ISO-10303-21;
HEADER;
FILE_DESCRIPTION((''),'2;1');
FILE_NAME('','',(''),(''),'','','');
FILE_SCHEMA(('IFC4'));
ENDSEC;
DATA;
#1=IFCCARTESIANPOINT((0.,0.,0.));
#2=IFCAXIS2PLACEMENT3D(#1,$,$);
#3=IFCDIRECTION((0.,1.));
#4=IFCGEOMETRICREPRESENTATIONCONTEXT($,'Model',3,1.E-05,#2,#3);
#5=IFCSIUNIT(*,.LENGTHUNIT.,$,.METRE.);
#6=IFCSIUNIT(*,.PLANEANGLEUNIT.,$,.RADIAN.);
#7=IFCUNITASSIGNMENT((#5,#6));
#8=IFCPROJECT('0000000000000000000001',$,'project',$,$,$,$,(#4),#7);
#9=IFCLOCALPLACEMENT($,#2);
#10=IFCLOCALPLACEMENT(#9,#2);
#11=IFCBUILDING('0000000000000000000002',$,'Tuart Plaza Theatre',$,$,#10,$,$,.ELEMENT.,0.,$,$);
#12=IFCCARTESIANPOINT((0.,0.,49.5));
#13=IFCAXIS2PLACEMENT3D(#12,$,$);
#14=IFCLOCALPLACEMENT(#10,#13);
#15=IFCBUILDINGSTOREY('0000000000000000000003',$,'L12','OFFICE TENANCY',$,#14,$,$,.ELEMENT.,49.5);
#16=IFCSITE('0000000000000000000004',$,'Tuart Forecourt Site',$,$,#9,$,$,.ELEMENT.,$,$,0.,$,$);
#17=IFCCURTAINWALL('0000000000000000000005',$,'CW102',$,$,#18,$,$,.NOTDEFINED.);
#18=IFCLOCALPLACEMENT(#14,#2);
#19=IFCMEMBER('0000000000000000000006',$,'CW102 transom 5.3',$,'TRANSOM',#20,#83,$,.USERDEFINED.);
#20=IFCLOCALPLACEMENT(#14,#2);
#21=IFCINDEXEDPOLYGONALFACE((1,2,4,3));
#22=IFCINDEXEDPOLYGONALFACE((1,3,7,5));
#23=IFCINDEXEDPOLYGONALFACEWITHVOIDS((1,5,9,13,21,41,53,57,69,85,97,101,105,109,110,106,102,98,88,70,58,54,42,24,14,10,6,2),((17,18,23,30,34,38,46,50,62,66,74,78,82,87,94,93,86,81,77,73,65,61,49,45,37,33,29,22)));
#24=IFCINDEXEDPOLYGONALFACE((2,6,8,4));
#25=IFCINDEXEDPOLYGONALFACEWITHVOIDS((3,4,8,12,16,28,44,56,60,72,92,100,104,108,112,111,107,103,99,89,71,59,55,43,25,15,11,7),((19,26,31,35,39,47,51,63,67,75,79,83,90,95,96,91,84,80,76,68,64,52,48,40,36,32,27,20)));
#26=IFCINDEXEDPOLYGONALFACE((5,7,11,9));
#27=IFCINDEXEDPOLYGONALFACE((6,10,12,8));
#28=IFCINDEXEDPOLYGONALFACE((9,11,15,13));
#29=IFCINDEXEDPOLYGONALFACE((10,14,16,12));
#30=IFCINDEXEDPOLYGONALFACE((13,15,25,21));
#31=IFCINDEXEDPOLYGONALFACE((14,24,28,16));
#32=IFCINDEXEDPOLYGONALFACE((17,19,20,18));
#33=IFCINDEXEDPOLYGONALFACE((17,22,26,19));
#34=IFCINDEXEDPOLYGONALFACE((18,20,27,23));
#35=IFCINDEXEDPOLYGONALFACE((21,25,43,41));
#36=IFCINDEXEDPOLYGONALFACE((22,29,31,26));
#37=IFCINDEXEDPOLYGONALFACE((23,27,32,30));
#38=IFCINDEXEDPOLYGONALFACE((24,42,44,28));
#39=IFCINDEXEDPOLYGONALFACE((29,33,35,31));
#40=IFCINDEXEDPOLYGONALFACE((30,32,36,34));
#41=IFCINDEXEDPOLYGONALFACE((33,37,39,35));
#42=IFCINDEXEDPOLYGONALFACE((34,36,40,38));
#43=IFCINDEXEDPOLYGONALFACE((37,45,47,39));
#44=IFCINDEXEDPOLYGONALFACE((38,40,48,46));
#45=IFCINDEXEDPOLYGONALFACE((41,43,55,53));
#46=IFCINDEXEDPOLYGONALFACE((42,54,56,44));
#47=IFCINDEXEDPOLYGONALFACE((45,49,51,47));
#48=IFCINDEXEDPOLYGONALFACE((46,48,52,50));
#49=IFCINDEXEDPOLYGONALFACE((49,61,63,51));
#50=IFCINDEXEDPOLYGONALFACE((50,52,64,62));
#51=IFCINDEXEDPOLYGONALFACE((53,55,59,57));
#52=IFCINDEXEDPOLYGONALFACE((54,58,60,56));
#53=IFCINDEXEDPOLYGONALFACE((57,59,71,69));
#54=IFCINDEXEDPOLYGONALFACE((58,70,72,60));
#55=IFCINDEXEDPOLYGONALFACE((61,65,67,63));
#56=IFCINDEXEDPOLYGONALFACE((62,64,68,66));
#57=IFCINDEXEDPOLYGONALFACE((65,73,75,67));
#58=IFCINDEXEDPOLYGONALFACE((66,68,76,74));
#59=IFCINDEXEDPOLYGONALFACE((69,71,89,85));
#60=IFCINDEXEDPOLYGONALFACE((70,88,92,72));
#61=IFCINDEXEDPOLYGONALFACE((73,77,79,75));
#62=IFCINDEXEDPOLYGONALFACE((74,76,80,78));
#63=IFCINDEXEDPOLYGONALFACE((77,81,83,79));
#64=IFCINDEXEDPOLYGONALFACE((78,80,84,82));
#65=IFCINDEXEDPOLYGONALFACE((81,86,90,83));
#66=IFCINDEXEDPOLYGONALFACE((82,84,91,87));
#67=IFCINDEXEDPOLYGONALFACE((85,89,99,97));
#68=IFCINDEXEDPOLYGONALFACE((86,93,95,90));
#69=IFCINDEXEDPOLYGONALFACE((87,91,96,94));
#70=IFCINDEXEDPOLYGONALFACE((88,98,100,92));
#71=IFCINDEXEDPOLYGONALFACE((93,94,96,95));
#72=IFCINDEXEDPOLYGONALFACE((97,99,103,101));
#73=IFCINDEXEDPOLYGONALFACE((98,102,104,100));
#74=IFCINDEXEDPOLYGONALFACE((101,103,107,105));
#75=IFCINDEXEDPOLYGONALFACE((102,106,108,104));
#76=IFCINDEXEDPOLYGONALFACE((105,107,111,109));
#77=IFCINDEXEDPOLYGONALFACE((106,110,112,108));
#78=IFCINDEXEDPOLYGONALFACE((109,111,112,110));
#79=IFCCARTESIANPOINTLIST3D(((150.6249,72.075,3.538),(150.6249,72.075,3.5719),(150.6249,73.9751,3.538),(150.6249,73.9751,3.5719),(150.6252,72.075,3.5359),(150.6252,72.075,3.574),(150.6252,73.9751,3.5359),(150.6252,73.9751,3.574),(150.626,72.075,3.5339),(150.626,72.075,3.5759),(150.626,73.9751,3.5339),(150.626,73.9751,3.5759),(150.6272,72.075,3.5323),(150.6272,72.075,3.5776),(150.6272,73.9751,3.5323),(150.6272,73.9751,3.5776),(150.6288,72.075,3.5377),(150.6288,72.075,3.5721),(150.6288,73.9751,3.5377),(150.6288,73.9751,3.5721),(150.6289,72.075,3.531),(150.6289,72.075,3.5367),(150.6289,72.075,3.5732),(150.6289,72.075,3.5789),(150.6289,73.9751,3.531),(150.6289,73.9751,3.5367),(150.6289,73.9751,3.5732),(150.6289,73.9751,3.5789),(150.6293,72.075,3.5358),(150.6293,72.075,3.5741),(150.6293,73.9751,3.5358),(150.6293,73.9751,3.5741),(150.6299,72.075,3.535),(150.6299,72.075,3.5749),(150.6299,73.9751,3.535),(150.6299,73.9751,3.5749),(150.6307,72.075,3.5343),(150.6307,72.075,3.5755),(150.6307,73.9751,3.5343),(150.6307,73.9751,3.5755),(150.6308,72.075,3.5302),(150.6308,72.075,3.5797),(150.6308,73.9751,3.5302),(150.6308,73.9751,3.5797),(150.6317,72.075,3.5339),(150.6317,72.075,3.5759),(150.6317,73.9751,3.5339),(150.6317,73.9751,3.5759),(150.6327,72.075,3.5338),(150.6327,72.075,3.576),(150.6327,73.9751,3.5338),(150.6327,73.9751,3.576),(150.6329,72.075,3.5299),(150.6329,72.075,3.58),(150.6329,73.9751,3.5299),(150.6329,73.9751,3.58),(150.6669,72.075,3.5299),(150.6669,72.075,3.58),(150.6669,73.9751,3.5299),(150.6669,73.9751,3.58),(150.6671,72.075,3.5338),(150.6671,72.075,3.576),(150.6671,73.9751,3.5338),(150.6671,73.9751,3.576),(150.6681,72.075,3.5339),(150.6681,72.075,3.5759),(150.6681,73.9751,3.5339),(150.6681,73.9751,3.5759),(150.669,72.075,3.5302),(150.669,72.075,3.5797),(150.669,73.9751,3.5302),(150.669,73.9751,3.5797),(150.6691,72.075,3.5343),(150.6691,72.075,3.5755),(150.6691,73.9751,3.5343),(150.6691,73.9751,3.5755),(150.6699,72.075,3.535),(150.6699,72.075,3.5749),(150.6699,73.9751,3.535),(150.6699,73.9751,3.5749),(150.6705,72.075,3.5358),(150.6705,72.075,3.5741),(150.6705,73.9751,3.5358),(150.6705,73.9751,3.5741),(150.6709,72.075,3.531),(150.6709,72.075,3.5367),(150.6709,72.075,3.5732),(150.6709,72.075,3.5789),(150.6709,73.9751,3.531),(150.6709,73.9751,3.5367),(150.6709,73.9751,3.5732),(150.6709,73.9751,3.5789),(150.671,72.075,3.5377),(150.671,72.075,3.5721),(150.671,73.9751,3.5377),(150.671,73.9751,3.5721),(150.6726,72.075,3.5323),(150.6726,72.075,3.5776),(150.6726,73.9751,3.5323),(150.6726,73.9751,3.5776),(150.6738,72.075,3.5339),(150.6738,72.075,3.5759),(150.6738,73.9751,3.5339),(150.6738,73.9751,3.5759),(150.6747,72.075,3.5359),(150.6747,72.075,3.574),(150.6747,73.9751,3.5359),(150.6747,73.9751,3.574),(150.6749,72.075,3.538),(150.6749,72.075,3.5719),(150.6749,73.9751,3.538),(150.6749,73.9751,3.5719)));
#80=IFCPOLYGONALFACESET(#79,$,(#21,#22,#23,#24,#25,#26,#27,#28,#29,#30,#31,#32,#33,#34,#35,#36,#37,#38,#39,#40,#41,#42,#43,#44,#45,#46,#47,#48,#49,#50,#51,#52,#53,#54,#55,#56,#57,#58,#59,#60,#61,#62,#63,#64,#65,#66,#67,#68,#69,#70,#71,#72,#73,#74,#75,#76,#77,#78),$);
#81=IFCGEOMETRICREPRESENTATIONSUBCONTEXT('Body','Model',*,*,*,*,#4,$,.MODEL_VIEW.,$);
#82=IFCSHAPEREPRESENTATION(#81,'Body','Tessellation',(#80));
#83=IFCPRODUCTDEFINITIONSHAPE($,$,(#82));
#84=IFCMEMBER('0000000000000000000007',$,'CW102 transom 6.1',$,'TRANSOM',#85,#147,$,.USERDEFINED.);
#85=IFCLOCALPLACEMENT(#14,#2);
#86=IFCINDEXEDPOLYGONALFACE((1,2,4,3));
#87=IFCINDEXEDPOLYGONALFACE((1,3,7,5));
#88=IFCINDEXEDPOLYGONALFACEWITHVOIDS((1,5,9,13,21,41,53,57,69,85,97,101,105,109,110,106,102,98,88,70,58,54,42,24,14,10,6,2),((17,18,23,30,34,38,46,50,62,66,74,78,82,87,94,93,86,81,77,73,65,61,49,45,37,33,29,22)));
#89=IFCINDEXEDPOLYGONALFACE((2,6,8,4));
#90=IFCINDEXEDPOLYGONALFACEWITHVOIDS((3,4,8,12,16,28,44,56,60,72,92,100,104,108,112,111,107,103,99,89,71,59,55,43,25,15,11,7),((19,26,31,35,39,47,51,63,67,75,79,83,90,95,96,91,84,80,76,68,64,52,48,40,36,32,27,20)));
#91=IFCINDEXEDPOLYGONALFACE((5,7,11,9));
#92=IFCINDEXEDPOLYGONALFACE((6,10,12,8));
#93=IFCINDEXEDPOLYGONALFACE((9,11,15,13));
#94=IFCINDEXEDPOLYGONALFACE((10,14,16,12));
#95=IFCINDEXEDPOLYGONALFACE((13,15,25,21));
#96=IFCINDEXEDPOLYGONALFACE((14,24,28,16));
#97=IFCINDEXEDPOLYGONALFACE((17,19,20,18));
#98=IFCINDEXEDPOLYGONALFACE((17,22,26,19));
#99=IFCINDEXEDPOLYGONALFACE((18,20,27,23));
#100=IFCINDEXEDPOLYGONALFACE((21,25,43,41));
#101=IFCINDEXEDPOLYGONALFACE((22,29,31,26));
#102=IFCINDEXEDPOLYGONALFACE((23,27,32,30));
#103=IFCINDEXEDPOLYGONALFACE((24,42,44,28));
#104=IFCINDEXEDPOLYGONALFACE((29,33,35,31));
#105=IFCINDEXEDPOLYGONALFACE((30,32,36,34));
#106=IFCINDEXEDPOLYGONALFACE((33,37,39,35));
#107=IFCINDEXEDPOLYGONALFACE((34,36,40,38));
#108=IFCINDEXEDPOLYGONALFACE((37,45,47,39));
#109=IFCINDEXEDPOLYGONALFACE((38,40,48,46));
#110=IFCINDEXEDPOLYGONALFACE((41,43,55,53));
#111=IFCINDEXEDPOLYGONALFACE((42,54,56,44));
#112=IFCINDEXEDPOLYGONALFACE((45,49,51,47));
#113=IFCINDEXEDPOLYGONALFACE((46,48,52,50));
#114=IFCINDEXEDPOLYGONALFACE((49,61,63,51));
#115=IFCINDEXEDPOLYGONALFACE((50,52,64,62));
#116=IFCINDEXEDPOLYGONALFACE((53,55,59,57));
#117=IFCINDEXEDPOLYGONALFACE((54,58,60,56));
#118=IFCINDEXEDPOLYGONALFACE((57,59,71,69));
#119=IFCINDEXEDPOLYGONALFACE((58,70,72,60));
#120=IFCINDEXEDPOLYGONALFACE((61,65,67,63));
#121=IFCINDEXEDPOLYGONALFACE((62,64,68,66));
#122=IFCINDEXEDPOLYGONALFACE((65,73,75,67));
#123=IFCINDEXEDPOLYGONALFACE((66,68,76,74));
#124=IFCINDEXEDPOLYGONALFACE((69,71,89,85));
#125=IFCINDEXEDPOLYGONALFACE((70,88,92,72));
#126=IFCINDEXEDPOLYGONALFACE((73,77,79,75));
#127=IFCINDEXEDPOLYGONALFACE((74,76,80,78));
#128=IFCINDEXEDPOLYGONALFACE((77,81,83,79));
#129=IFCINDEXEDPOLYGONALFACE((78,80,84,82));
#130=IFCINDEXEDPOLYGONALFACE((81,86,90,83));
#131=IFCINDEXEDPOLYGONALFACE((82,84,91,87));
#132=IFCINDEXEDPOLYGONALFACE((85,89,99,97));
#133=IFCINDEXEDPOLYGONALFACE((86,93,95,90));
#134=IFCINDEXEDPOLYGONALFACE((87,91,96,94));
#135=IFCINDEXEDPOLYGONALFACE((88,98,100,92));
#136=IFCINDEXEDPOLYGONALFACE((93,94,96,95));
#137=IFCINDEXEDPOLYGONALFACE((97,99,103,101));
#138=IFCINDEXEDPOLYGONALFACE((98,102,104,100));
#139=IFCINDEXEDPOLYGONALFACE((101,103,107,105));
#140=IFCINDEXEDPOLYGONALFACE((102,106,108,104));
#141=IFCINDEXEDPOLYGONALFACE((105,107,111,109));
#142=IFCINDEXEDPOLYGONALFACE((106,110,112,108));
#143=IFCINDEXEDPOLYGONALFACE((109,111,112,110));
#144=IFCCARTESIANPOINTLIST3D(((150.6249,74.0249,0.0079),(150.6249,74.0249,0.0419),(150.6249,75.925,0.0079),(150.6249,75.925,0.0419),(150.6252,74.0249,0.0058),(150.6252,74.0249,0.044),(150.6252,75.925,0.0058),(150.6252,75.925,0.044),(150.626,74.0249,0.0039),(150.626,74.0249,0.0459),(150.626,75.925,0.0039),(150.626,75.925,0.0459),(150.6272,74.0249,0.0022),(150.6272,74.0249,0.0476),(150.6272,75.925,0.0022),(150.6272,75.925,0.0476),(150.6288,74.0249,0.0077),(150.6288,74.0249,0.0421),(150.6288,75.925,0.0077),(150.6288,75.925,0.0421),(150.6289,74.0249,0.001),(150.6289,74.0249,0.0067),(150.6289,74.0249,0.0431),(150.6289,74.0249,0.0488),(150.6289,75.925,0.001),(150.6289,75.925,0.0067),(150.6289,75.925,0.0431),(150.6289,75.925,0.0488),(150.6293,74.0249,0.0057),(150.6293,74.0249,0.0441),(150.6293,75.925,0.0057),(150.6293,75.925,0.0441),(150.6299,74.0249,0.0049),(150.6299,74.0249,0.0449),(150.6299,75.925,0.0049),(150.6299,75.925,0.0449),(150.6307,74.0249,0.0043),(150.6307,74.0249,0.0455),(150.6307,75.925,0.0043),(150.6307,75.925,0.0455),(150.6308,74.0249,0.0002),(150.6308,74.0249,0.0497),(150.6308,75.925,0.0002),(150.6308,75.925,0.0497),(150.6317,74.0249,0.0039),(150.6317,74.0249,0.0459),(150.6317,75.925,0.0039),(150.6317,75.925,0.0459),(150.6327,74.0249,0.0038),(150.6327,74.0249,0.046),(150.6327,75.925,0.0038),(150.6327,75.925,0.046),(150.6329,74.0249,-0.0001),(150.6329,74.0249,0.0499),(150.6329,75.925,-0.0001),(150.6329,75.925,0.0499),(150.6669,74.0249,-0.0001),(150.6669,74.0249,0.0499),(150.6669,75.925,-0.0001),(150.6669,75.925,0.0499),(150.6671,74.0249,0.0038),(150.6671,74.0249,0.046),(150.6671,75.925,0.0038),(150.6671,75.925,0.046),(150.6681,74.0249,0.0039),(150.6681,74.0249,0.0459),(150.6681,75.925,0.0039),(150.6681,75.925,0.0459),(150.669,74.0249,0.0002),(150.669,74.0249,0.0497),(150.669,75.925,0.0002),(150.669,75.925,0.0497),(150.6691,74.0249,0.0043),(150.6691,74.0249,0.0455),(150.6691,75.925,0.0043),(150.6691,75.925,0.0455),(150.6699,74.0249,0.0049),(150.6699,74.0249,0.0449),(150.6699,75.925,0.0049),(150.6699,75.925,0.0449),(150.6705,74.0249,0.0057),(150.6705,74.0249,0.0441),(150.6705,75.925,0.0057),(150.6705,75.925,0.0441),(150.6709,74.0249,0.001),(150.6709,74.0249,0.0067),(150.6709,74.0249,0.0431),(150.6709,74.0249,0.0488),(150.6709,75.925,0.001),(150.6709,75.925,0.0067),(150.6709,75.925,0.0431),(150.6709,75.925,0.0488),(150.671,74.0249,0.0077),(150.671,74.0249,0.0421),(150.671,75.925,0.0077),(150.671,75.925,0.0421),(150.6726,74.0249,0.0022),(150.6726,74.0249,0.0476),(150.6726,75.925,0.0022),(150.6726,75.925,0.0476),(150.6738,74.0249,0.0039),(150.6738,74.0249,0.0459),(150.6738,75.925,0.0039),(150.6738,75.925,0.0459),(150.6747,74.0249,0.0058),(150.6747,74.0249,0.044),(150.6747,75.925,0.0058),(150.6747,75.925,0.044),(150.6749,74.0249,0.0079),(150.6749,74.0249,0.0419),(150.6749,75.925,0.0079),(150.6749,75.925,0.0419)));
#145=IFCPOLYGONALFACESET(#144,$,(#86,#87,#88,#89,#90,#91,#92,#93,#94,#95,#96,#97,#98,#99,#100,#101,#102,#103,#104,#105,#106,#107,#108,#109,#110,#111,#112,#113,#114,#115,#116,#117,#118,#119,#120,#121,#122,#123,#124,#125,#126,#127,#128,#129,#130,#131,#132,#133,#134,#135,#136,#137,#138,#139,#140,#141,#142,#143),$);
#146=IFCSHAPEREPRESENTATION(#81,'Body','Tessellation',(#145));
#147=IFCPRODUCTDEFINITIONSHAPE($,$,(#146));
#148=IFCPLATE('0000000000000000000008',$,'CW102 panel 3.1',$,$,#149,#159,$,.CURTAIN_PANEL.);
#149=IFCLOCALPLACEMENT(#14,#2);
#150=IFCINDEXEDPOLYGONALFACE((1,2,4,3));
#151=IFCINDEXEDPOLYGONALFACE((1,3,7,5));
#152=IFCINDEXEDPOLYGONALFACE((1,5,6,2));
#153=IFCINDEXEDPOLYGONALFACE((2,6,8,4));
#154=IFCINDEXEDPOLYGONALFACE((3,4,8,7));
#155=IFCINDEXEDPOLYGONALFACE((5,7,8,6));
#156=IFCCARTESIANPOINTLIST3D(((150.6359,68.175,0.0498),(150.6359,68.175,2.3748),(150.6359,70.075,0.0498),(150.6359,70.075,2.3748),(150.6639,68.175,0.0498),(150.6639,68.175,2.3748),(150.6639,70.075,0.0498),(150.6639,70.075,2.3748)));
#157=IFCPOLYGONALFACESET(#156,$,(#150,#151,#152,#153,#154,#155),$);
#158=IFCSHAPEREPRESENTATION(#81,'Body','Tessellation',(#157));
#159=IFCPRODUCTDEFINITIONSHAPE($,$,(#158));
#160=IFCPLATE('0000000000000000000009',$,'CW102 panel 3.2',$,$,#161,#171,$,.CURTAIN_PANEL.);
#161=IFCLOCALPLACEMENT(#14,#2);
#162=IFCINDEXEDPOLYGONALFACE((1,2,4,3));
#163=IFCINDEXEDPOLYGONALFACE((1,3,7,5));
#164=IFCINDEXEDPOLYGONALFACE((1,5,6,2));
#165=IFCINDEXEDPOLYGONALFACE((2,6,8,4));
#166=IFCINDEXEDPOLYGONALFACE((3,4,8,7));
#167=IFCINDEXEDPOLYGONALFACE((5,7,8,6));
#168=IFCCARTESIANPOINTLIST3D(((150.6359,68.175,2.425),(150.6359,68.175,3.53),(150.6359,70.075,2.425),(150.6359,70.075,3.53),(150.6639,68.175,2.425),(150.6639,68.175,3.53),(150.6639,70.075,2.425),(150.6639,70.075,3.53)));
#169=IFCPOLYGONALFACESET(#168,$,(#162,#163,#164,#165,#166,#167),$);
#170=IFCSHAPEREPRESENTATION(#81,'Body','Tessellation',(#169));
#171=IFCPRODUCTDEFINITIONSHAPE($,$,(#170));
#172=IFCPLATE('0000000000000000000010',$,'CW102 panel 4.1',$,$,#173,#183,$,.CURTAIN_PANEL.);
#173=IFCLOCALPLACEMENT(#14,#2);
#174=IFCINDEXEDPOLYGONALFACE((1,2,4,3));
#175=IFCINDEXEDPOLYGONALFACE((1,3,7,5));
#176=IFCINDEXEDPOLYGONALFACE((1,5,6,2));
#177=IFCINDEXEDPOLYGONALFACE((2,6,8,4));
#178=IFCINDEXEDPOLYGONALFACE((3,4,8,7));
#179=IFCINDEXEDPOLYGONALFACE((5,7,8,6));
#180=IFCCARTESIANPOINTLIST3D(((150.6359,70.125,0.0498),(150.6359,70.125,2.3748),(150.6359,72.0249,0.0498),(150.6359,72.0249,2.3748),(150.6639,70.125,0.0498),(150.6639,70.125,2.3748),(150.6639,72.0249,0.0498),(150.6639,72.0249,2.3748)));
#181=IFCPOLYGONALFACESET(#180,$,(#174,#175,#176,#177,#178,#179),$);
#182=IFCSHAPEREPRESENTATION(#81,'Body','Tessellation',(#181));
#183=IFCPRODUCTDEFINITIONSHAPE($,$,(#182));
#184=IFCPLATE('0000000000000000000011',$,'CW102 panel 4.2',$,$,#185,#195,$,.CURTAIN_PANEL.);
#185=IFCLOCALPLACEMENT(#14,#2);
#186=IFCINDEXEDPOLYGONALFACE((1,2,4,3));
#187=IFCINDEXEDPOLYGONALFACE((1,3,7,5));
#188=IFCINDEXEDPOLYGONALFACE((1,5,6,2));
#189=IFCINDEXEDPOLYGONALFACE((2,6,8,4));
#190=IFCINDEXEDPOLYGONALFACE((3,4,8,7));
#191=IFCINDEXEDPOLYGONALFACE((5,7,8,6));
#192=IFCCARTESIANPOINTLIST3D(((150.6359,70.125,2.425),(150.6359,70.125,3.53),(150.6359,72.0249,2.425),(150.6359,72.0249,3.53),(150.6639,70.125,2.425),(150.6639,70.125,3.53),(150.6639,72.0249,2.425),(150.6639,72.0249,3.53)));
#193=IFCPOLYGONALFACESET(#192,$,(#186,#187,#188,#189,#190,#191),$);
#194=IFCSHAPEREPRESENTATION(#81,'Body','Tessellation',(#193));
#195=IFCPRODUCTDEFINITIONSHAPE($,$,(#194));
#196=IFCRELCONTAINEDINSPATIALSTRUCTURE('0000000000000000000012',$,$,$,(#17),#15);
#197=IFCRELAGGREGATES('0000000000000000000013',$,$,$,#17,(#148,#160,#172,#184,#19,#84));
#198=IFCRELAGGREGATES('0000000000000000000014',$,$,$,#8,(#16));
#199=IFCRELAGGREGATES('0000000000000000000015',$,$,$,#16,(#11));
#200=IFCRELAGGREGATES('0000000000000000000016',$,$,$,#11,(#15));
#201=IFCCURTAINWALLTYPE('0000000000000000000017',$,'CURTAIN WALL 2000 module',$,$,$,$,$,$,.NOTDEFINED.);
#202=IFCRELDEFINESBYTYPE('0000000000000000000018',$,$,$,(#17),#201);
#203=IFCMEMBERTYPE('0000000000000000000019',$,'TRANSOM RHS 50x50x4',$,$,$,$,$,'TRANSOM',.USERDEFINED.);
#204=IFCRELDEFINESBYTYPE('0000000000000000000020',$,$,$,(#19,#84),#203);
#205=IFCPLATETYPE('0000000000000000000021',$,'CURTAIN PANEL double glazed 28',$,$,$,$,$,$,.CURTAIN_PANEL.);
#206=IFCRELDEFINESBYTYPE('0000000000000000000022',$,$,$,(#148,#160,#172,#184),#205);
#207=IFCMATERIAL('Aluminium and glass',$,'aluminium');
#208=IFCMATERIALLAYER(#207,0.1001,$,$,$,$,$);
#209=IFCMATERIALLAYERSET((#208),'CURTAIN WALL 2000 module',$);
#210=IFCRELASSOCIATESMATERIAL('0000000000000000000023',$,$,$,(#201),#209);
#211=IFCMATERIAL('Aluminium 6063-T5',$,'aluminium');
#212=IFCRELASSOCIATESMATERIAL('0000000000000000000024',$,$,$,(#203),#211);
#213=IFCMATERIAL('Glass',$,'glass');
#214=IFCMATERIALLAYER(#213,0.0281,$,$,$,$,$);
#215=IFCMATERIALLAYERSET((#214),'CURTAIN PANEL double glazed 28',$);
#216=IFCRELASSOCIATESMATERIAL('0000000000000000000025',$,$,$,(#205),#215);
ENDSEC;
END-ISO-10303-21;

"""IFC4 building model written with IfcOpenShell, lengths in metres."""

from ifc_helpers import new_model, si_unit, direction, frame, origin, origin_2d, place, context, subcontext, project, spatial, rectangle, hollow_rectangle, extrude, material, layer, layer_set, material_profile, profile_set, type_object, element, aggregate, save


model = new_model("IFC4")

# Units and contexts
model_context = context("Model", 3, precision=1e-05, world=origin(), true_north=direction((0.0, 1.0)))
body_context = subcontext(model_context, "Body", "Model", "MODEL_VIEW")
ifc_project = project(units=[si_unit("LENGTHUNIT", "METRE"), si_unit("PLANEANGLEUNIT", "RADIAN")], contexts=[model_context])

# Site, building, storey
site_placement = place(None, origin())
site = spatial("IfcSite", under=ifc_project, at=site_placement, Name="Tuart Forecourt Site", CompositionType="ELEMENT", RefElevation=0.0)
building_placement = place(site_placement, origin())
building = spatial("IfcBuilding", under=site, at=building_placement, Name="Tuart Plaza Theatre", CompositionType="ELEMENT", ElevationOfRefHeight=0.0)
storey_placement = place(building_placement, frame((0.0, 0.0, 49.5)))
storey = spatial("IfcBuildingStorey", under=building, at=storey_placement, Name="L12", Description="OFFICE TENANCY", CompositionType="ELEMENT", Elevation=49.5)

# Curtain wall, members, plates
ifc_material_1 = material(Name="Aluminium and glass", Category="aluminium")
ifc_layer_1 = layer(ifc_material_1, 0.1001)
ifc_layer_set_1 = layer_set([ifc_layer_1], Name="CURTAIN WALL 2000 module")
curtain_wall_type = type_object("IfcCurtainWallType", Name="CURTAIN WALL 2000 module", PredefinedType="NOTDEFINED", material=ifc_layer_set_1)
curtain_wall_placement = place(storey_placement, origin())
curtain_wall = element("IfcCurtainWall", 1, at=curtain_wall_placement, inside=storey, type_object=curtain_wall_type, Name="CW102", PredefinedType="NOTDEFINED")
ifc_material_2 = material(Name="Aluminium 6063-T5", Category="aluminium")
ifc_material_profile_1 = material_profile(ifc_material_2, hollow_rectangle(XDim=0.05, YDim=0.05, WallThickness=0.0039, InnerFilletRadius=0.0039, OuterFilletRadius=0.0081, at=origin_2d()), Name="RHS 50x50x4")
ifc_profile_set_1 = profile_set([ifc_material_profile_1], Name="Aluminium 6063-T5")
member_type_1 = type_object("IfcMemberType", Name="TRANSOM RHS 50x50x4", ElementType="TRANSOM", PredefinedType="USERDEFINED", material=ifc_profile_set_1)
member_1_placement = place(storey_placement, frame((150.6499, 72.075, 3.5549), z_axis=(0.0, 1.0, 0.0), x_axis=(-1.0, 0.0, 0.0)))
member_1 = element("IfcMember", 2, at=member_1_placement, type_object=member_type_1, Name="CW102 transom 5.3", ObjectType="TRANSOM", PredefinedType="USERDEFINED", context=body_context, shape_type="SweptSolid", body=[
    extrude(hollow_rectangle(XDim=0.05, YDim=0.05, WallThickness=0.0039, InnerFilletRadius=0.0039, OuterFilletRadius=0.0081, at=origin_2d()), origin(), (0.0, 0.0, 1.0), 1.9001),
])
member_2_placement = place(storey_placement, frame((150.6499, 74.0249, 0.0249), z_axis=(0.0, 1.0, 0.0), x_axis=(-1.0, 0.0, 0.0)))
member_2 = element("IfcMember", 3, at=member_2_placement, type_object=member_type_1, Name="CW102 transom 6.1", ObjectType="TRANSOM", PredefinedType="USERDEFINED", context=body_context, shape_type="SweptSolid", body=[
    extrude(hollow_rectangle(XDim=0.05, YDim=0.05, WallThickness=0.0039, InnerFilletRadius=0.0039, OuterFilletRadius=0.0081, at=origin_2d()), origin(), (0.0, 0.0, 1.0), 1.9001),
])
ifc_material_3 = material(Name="Glass", Category="glass")
ifc_layer_2 = layer(ifc_material_3, 0.0281)
ifc_layer_set_2 = layer_set([ifc_layer_2], Name="CURTAIN PANEL double glazed 28")
plate_type = type_object("IfcPlateType", Name="CURTAIN PANEL double glazed 28", PredefinedType="CURTAIN_PANEL", material=ifc_layer_set_2)
plate_1_placement = place(storey_placement, frame((150.6499, 69.125, 0.0498), z_axis=(0.0, 0.0, 1.0), x_axis=(0.0, 1.0, 0.0)))
plate_1 = element("IfcPlate", 4, at=plate_1_placement, type_object=plate_type, Name="CW102 panel 3.1", PredefinedType="CURTAIN_PANEL", context=body_context, shape_type="SweptSolid", body=[
    extrude(rectangle(XDim=1.8999, YDim=0.0281, at=origin_2d()), origin(), (0.0, 0.0, 1.0), 2.325),
])
plate_2_placement = place(storey_placement, frame((150.6499, 69.125, 2.425), z_axis=(0.0, 0.0, 1.0), x_axis=(0.0, 1.0, 0.0)))
plate_2 = element("IfcPlate", 5, at=plate_2_placement, type_object=plate_type, Name="CW102 panel 3.2", PredefinedType="CURTAIN_PANEL", context=body_context, shape_type="SweptSolid", body=[
    extrude(rectangle(XDim=1.8999, YDim=0.0281, at=origin_2d()), origin(), (0.0, 0.0, 1.0), 1.105),
])
plate_3_placement = place(storey_placement, frame((150.6499, 71.075, 0.0498), z_axis=(0.0, 0.0, 1.0), x_axis=(0.0, 1.0, 0.0)))
plate_3 = element("IfcPlate", 6, at=plate_3_placement, type_object=plate_type, Name="CW102 panel 4.1", PredefinedType="CURTAIN_PANEL", context=body_context, shape_type="SweptSolid", body=[
    extrude(rectangle(XDim=1.8999, YDim=0.0281, at=origin_2d()), origin(), (0.0, 0.0, 1.0), 2.325),
])
plate_4_placement = place(storey_placement, frame((150.6499, 71.075, 2.425), z_axis=(0.0, 0.0, 1.0), x_axis=(0.0, 1.0, 0.0)))
plate_4 = element("IfcPlate", 7, at=plate_4_placement, type_object=plate_type, Name="CW102 panel 4.2", PredefinedType="CURTAIN_PANEL", context=body_context, shape_type="SweptSolid", body=[
    extrude(rectangle(XDim=1.8999, YDim=0.0281, at=origin_2d()), origin(), (0.0, 0.0, 1.0), 1.105),
])
aggregate(curtain_wall, [plate_1, plate_2, plate_3, plate_4, member_1, member_2])

save(model, "model.ifc")
